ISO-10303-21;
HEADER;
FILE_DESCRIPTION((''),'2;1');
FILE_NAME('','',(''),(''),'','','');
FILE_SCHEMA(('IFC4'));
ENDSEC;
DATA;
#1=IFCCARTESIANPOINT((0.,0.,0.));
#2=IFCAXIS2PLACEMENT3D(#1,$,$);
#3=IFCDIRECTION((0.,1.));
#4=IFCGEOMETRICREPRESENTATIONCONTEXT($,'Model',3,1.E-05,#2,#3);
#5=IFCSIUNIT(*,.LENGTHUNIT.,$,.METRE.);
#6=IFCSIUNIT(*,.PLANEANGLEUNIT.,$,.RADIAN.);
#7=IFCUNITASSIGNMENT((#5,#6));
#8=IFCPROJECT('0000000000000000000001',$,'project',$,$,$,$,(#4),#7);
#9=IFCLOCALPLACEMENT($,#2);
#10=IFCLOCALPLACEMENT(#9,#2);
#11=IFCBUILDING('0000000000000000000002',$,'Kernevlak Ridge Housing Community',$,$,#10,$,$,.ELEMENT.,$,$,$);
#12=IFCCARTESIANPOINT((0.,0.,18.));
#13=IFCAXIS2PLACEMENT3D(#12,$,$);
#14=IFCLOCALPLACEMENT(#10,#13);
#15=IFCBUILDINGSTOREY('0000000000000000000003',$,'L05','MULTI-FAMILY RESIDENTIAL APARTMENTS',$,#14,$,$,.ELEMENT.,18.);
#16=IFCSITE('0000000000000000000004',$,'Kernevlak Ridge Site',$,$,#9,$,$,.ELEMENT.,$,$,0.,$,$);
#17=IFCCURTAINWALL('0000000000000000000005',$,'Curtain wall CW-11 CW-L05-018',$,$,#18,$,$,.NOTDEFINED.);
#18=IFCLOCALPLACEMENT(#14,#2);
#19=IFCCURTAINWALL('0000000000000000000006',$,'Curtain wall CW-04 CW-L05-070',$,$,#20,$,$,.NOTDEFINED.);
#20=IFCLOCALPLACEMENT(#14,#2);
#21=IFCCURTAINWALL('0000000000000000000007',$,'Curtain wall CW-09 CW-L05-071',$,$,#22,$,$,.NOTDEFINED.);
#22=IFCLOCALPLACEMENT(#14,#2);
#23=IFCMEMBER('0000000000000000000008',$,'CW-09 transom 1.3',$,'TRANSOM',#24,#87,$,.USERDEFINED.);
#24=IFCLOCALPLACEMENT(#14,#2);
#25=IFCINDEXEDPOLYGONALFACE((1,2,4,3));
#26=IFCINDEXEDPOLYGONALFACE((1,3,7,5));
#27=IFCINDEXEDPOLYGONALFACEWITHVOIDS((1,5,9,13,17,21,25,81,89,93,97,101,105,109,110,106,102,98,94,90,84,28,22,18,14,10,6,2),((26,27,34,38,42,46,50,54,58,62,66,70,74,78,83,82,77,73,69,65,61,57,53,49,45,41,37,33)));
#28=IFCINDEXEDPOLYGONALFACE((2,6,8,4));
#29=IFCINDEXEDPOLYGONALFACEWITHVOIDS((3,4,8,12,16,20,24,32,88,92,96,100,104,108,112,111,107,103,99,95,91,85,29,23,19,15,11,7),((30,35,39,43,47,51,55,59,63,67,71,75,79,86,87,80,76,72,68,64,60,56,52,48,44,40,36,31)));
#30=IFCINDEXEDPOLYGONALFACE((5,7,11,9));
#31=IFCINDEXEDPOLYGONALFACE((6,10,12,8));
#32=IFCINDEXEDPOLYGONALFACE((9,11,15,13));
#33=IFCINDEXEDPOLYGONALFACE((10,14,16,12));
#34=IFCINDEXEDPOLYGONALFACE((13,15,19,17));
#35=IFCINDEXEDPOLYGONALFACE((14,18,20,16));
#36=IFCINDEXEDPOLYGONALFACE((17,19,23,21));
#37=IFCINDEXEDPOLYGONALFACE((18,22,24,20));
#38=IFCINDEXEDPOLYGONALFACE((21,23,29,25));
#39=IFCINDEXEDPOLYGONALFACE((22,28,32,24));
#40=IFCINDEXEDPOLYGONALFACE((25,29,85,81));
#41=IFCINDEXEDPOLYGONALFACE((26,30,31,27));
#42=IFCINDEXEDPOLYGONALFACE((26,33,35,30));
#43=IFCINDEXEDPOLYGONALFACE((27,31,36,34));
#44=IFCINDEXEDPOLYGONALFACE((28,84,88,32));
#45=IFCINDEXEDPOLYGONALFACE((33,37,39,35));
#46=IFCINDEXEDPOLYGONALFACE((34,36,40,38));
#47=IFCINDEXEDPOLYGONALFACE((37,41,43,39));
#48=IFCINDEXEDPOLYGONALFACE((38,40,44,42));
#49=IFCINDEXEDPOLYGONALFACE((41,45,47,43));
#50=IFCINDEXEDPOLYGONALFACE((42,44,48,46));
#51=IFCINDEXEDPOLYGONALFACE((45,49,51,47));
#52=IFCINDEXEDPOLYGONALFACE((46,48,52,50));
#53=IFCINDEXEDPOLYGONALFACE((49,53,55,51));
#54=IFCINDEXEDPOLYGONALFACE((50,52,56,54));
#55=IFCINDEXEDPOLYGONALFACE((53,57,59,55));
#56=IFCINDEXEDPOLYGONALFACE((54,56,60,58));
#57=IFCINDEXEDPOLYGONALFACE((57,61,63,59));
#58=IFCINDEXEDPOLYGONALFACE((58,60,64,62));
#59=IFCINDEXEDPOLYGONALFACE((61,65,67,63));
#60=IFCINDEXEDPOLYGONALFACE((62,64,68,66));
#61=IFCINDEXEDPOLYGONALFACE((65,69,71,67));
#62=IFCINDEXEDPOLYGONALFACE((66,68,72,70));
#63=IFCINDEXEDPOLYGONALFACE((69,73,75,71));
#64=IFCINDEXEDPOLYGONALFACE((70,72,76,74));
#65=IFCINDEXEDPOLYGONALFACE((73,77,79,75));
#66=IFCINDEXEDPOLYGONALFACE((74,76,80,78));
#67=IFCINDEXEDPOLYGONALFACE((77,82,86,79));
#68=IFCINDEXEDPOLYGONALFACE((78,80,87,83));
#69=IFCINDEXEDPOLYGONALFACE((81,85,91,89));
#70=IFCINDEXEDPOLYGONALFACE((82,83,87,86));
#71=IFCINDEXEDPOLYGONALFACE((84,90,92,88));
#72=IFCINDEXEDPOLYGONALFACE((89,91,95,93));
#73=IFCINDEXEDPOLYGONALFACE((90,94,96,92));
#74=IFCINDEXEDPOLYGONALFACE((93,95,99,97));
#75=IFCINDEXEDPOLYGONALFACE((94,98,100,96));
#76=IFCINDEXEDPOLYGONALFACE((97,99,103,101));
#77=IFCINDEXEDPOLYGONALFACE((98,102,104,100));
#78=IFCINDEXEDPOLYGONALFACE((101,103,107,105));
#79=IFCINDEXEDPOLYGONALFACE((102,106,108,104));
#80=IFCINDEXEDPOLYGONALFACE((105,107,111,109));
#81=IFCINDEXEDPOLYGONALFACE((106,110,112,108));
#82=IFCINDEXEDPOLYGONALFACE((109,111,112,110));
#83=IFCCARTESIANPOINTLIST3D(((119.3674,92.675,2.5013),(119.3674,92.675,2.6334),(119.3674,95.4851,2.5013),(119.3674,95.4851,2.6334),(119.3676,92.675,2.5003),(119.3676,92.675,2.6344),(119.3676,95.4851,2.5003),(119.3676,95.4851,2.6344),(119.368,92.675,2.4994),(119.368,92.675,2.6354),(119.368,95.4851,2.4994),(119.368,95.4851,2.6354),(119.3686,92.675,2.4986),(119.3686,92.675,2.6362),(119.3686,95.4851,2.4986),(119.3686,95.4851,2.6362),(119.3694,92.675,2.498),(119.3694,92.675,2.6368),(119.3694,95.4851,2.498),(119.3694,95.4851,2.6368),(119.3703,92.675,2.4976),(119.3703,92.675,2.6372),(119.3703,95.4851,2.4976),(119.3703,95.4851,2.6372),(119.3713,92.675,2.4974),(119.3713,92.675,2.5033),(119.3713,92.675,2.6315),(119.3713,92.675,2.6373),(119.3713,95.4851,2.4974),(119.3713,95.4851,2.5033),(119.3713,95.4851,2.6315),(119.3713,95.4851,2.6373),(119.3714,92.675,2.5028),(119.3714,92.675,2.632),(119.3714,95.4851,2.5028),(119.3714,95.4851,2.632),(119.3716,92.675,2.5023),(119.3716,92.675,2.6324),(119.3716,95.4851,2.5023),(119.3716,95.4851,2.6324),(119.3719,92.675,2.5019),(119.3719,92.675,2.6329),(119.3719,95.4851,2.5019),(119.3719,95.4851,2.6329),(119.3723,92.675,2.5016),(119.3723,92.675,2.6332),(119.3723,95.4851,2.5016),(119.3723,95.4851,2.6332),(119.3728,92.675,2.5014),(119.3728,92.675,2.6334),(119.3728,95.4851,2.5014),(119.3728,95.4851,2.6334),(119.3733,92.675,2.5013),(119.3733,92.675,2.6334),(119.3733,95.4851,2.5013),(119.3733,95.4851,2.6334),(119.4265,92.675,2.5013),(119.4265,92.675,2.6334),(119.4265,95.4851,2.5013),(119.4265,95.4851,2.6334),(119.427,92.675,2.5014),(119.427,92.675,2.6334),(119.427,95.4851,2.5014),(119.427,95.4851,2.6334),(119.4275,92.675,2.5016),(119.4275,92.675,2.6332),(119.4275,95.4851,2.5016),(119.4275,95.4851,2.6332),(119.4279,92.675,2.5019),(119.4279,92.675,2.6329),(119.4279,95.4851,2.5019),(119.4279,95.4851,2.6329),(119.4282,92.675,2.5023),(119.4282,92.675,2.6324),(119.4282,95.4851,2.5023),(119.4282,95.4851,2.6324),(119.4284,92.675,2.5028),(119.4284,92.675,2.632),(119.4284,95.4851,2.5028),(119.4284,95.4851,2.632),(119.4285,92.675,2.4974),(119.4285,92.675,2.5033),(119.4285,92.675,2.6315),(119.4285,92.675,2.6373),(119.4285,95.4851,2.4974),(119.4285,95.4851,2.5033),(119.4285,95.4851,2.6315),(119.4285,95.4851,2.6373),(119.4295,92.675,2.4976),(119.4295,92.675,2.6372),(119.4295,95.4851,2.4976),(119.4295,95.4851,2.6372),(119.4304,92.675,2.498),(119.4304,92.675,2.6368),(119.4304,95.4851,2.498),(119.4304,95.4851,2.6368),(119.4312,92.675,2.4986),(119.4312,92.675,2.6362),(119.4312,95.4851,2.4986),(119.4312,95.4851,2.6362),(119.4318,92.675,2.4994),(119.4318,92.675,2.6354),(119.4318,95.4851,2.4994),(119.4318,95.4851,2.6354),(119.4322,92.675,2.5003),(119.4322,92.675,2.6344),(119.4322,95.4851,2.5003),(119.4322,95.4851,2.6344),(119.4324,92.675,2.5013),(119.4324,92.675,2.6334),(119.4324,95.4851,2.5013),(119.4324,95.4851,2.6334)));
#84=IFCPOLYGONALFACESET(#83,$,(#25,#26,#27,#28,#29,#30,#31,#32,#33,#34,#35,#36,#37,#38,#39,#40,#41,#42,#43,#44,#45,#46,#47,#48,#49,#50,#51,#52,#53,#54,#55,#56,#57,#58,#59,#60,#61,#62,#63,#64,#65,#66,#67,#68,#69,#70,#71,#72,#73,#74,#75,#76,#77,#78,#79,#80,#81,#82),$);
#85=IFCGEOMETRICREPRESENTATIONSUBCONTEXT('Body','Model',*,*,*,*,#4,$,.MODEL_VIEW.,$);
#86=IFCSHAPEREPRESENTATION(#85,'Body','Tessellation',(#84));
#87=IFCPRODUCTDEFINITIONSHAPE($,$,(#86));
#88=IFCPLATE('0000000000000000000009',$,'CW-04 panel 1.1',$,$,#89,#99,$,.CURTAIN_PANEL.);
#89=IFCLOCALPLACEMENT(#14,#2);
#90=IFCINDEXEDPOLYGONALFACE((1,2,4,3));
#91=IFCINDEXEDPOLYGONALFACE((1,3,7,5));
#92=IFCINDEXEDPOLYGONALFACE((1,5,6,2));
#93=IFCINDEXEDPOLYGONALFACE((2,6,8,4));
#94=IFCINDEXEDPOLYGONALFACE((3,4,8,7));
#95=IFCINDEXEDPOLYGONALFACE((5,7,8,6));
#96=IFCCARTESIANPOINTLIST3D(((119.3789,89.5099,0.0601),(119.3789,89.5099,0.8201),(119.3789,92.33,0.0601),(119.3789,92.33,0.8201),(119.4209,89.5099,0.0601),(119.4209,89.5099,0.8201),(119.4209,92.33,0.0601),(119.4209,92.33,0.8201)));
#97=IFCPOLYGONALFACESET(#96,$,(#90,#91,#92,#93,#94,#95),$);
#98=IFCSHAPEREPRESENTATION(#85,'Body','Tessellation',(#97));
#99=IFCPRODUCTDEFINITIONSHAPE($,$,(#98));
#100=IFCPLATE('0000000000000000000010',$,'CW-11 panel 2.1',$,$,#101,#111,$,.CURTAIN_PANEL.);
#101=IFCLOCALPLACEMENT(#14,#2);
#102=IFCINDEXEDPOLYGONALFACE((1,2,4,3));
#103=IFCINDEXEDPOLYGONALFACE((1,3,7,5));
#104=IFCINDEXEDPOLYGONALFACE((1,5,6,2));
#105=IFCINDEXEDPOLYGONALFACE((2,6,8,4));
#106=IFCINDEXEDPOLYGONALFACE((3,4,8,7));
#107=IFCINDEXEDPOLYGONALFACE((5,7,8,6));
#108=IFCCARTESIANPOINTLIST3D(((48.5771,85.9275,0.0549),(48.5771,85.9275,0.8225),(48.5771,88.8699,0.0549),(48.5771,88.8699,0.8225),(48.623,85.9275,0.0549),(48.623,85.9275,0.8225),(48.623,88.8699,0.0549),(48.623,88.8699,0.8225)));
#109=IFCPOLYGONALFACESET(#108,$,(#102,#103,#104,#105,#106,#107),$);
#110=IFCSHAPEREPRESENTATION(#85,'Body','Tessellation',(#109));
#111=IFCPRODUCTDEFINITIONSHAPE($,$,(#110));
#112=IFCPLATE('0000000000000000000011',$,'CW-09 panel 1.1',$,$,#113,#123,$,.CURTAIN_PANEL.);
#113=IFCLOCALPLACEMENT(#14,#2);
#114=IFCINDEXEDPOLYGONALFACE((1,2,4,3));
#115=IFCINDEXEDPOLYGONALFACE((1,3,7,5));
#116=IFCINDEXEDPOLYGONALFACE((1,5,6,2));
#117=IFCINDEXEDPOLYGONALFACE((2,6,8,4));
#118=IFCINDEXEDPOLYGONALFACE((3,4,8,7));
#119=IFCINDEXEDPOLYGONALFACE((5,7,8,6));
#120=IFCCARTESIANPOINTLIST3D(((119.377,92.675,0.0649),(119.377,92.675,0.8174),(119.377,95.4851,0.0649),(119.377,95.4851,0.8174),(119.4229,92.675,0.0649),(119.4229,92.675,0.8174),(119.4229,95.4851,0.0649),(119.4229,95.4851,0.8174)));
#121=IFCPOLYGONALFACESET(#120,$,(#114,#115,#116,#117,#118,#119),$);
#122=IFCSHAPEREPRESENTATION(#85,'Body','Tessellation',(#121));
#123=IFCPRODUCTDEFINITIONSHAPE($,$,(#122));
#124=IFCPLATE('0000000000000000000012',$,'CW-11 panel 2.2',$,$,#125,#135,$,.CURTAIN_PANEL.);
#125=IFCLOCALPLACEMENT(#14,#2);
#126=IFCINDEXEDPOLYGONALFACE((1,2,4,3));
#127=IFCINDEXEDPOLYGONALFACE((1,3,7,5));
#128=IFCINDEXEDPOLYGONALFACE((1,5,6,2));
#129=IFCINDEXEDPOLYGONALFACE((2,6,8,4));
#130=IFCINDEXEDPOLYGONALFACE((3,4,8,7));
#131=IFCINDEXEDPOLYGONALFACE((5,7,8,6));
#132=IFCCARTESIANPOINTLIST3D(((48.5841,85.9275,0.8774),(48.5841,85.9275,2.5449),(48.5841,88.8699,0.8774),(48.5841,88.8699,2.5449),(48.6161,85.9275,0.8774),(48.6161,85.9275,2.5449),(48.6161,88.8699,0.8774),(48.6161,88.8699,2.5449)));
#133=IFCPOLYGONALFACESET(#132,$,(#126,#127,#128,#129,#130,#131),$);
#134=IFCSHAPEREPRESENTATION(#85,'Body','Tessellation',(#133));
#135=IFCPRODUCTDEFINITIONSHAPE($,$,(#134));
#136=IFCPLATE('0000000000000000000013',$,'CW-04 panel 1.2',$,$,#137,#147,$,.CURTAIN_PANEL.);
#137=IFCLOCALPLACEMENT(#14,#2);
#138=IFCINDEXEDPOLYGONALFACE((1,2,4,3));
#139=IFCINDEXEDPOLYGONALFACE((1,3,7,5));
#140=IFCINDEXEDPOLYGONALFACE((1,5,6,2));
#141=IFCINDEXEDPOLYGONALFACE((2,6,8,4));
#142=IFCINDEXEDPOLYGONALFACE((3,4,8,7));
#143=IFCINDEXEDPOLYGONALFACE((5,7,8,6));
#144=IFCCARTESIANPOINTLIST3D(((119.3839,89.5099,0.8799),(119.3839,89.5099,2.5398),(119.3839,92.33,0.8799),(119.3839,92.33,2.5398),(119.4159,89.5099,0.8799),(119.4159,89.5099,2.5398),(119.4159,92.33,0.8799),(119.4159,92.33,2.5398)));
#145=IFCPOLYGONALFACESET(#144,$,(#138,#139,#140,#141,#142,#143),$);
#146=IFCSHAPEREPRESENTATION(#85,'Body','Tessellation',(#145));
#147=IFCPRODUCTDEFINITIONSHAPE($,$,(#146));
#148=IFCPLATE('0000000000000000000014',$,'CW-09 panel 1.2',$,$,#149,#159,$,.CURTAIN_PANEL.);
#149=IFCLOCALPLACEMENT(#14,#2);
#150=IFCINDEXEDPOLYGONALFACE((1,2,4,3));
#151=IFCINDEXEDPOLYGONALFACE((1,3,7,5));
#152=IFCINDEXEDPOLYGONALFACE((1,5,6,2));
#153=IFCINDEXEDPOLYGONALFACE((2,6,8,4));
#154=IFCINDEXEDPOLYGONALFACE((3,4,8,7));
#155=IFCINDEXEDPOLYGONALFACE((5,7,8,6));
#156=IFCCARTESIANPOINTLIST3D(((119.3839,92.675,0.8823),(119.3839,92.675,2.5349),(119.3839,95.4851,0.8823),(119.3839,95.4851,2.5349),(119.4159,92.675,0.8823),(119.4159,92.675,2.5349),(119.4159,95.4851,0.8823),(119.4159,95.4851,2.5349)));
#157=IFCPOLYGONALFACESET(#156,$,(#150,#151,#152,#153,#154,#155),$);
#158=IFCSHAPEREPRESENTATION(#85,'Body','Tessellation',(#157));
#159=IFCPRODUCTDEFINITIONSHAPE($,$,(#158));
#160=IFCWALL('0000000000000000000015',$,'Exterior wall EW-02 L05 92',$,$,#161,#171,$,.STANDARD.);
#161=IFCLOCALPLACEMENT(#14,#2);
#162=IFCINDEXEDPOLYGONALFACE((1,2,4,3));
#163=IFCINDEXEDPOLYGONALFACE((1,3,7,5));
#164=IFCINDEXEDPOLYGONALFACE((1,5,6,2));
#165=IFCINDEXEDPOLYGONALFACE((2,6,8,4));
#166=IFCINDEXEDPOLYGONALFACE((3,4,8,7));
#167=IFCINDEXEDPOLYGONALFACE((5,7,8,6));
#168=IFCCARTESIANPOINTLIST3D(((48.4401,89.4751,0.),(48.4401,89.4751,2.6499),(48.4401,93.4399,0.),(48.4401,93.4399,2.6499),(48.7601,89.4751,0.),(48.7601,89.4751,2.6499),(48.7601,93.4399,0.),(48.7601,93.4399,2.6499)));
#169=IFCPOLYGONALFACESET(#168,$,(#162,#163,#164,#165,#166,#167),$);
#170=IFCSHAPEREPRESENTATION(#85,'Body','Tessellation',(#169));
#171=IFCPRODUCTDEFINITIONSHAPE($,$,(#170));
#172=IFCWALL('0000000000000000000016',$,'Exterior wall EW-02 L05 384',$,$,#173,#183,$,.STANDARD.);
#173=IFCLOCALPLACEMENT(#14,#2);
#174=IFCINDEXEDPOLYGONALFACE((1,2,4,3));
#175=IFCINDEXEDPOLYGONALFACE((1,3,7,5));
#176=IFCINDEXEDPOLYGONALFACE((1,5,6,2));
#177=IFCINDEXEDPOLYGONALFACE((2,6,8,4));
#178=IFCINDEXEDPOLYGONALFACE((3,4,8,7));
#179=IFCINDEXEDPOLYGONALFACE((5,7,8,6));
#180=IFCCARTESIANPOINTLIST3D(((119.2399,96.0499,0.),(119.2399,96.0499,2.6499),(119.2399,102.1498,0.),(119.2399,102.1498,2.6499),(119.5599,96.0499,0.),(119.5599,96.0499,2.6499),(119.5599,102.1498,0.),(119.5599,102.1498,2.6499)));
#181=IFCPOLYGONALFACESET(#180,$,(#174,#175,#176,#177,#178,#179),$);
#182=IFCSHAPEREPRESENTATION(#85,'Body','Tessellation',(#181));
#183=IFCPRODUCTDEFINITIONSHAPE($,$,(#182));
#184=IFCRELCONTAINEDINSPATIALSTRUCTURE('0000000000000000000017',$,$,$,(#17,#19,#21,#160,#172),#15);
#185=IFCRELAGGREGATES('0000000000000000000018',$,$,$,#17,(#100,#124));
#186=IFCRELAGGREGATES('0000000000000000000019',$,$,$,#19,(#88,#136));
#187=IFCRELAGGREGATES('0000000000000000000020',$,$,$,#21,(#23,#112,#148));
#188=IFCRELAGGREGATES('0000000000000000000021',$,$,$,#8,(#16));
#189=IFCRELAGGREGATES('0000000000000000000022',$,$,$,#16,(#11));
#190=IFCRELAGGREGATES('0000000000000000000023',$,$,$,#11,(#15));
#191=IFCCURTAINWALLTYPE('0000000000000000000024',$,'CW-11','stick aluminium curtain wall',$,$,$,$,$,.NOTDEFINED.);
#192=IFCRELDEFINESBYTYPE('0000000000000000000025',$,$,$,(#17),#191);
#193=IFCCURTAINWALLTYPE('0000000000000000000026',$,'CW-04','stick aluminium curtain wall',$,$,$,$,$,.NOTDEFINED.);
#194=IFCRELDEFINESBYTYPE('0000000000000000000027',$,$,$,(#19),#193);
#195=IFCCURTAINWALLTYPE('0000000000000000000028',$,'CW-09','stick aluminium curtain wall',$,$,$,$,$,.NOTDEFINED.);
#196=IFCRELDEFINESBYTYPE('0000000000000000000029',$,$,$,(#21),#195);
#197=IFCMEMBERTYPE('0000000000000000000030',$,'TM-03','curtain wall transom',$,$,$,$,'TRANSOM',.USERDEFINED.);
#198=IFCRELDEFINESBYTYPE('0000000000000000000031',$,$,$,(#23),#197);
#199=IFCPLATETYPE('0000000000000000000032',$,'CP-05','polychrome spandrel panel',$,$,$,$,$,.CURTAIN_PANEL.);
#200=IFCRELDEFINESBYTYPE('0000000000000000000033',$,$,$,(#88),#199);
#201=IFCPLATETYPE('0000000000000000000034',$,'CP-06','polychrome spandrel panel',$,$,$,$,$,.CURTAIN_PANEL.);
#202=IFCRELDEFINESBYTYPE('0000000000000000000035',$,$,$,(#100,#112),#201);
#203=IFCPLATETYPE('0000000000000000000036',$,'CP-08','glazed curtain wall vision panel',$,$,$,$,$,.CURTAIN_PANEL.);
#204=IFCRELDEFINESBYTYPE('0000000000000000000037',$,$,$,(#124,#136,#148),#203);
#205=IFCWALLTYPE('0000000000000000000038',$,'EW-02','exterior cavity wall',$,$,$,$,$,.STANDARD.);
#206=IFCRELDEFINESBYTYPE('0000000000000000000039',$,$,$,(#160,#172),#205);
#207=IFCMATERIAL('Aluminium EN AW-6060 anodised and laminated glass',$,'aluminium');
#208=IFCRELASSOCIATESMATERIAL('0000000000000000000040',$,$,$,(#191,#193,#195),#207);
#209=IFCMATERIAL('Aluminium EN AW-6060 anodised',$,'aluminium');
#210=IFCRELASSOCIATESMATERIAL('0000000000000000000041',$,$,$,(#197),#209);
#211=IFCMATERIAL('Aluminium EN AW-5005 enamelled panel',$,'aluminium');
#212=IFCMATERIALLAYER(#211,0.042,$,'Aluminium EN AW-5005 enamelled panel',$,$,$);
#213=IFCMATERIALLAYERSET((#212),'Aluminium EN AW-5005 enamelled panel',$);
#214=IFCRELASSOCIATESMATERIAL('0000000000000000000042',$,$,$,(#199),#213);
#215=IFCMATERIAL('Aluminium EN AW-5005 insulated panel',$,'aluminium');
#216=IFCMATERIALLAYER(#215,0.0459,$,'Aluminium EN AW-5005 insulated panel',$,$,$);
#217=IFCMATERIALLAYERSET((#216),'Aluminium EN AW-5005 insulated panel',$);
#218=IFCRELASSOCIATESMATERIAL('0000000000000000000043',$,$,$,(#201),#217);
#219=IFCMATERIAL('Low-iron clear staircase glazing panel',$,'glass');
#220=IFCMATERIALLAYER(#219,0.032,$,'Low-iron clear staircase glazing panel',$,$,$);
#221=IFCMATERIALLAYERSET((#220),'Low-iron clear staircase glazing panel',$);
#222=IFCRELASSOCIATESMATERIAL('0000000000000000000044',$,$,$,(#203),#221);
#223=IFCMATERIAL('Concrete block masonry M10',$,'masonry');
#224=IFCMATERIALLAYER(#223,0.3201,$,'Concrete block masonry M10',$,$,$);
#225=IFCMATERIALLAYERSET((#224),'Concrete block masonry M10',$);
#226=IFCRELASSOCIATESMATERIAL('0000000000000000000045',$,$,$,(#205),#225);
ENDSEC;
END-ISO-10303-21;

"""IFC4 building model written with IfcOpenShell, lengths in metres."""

from ifc_helpers import new_model, si_unit, direction, frame, frame_2d, origin, origin_2d, place, context, subcontext, project, spatial, rectangle, hollow_rectangle, extrude, material, layer, layer_set, material_profile, profile_set, type_object, element, aggregate, save


model = new_model("IFC4")

# Units and contexts
model_context = context("Model", 3, precision=1e-05, world=origin(), true_north=direction((0.0, 1.0)))
body_context = subcontext(model_context, "Body", "Model", "MODEL_VIEW")
ifc_project = project(units=[si_unit("LENGTHUNIT", "METRE"), si_unit("PLANEANGLEUNIT", "RADIAN")], contexts=[model_context])

# Site, building, storey
site_placement = place(None, origin())
site = spatial("IfcSite", under=ifc_project, at=site_placement, Name="Kernevlak Ridge Site", CompositionType="ELEMENT", RefElevation=0.0)
building_placement = place(site_placement, origin())
building = spatial("IfcBuilding", under=site, at=building_placement, Name="Kernevlak Ridge Housing Community", CompositionType="ELEMENT")
storey_placement = place(building_placement, frame((0.0, 0.0, 18.0)))
storey = spatial("IfcBuildingStorey", under=building, at=storey_placement, Name="L05", Description="MULTI-FAMILY RESIDENTIAL APARTMENTS", CompositionType="ELEMENT", Elevation=18.0)

# Curtain wall
ifc_material_1 = material(Name="Aluminium EN AW-6060 anodised and laminated glass", Category="aluminium")
curtain_wall_type_1 = type_object("IfcCurtainWallType", Name="CW-11", Description="stick aluminium curtain wall", PredefinedType="NOTDEFINED", material=ifc_material_1)
curtain_wall_1_placement = place(storey_placement, origin())
curtain_wall_1 = element("IfcCurtainWall", 1, at=curtain_wall_1_placement, inside=storey, type_object=curtain_wall_type_1, Name="Curtain wall CW-11 CW-L05-018", PredefinedType="NOTDEFINED")
ifc_material_2 = material(Name="Aluminium EN AW-6060 anodised", Category="aluminium")

# Curtain walls
curtain_wall_type_2 = type_object("IfcCurtainWallType", Name="CW-04", Description="stick aluminium curtain wall", PredefinedType="NOTDEFINED", material=ifc_material_1)
curtain_wall_2_placement = place(storey_placement, origin())
curtain_wall_2 = element("IfcCurtainWall", 2, at=curtain_wall_2_placement, inside=storey, type_object=curtain_wall_type_2, Name="Curtain wall CW-04 CW-L05-070", PredefinedType="NOTDEFINED")
curtain_wall_type_3 = type_object("IfcCurtainWallType", Name="CW-09", Description="stick aluminium curtain wall", PredefinedType="NOTDEFINED", material=ifc_material_1)
curtain_wall_3_placement = place(storey_placement, origin())
curtain_wall_3 = element("IfcCurtainWall", 3, at=curtain_wall_3_placement, inside=storey, type_object=curtain_wall_type_3, Name="Curtain wall CW-09 CW-L05-071", PredefinedType="NOTDEFINED")

# Member
ifc_material_profile_1 = material_profile(ifc_material_2, hollow_rectangle(XDim=0.0649, YDim=0.1399, WallThickness=0.0039, InnerFilletRadius=0.002, OuterFilletRadius=0.0039, at=origin_2d()), Name="ALU 65x140x4")
ifc_profile_set_1 = profile_set([ifc_material_profile_1], Name="Aluminium EN AW-6060 anodised")
member_type_1 = type_object("IfcMemberType", Name="TM-03", Description="curtain wall transom", ElementType="TRANSOM", PredefinedType="USERDEFINED", material=ifc_profile_set_1)
member_1_placement = place(storey_placement, frame((119.3999, 92.675, 2.5674), z_axis=(0.0, 1.0, 0.0), x_axis=(-1.0, 0.0, 0.0)))
member_1 = element("IfcMember", 4, at=member_1_placement, type_object=member_type_1, Name="CW-09 transom 1.3", ObjectType="TRANSOM", PredefinedType="USERDEFINED", context=body_context, shape_type="SweptSolid", body=[
    extrude(hollow_rectangle(XDim=0.0649, YDim=0.1399, WallThickness=0.0039, InnerFilletRadius=0.002, OuterFilletRadius=0.0039, at=origin_2d()), origin(), (0.0, 0.0, 1.0), 2.8101),
])

# Plates
ifc_material_3 = material(Name="Aluminium EN AW-5005 enamelled panel", Category="aluminium")
ifc_layer_1 = layer(ifc_material_3, 0.042, Name="Aluminium EN AW-5005 enamelled panel")
ifc_layer_set_1 = layer_set([ifc_layer_1], Name="Aluminium EN AW-5005 enamelled panel")
plate_type_1 = type_object("IfcPlateType", Name="CP-05", Description="polychrome spandrel panel", PredefinedType="CURTAIN_PANEL", material=ifc_layer_set_1)
plate_1_placement = place(storey_placement, frame((119.3999, 90.9199, 0.0601), z_axis=(0.0, 0.0, 1.0), x_axis=(0.0, 1.0, 0.0)))
plate_1 = element("IfcPlate", 5, at=plate_1_placement, type_object=plate_type_1, Name="CW-04 panel 1.1", PredefinedType="CURTAIN_PANEL", context=body_context, shape_type="SweptSolid", body=[
    extrude(rectangle(XDim=2.8201, YDim=0.042, at=origin_2d()), origin(), (0.0, 0.0, 1.0), 0.76),
])
ifc_material_4 = material(Name="Aluminium EN AW-5005 insulated panel", Category="aluminium")
ifc_layer_2 = layer(ifc_material_4, 0.0459, Name="Aluminium EN AW-5005 insulated panel")
ifc_layer_set_2 = layer_set([ifc_layer_2], Name="Aluminium EN AW-5005 insulated panel")
plate_type_2 = type_object("IfcPlateType", Name="CP-06", Description="polychrome spandrel panel", PredefinedType="CURTAIN_PANEL", material=ifc_layer_set_2)
plate_2_placement = place(storey_placement, frame((48.6001, 87.3987, 0.0549), z_axis=(0.0, 0.0, 1.0), x_axis=(0.0, 1.0, 0.0)))
plate_2 = element("IfcPlate", 6, at=plate_2_placement, type_object=plate_type_2, Name="CW-11 panel 2.1", PredefinedType="CURTAIN_PANEL", context=body_context, shape_type="SweptSolid", body=[
    extrude(rectangle(XDim=2.9424, YDim=0.0459, at=origin_2d()), origin(), (0.0, 0.0, 1.0), 0.7676),
])
plate_3_placement = place(storey_placement, frame((119.3999, 94.0801, 0.0649), z_axis=(0.0, 0.0, 1.0), x_axis=(0.0, 1.0, 0.0)))
plate_3 = element("IfcPlate", 7, at=plate_3_placement, type_object=plate_type_2, Name="CW-09 panel 1.1", PredefinedType="CURTAIN_PANEL", context=body_context, shape_type="SweptSolid", body=[
    extrude(rectangle(XDim=2.8101, YDim=0.0459, at=origin_2d()), origin(), (0.0, 0.0, 1.0), 0.7524),
])
ifc_material_5 = material(Name="Low-iron clear staircase glazing panel", Category="glass")
ifc_layer_3 = layer(ifc_material_5, 0.032, Name="Low-iron clear staircase glazing panel")
ifc_layer_set_3 = layer_set([ifc_layer_3], Name="Low-iron clear staircase glazing panel")
plate_type_3 = type_object("IfcPlateType", Name="CP-08", Description="glazed curtain wall vision panel", PredefinedType="CURTAIN_PANEL", material=ifc_layer_set_3)
plate_4_placement = place(storey_placement, frame((48.6001, 87.3987, 0.8774), z_axis=(0.0, 0.0, 1.0), x_axis=(0.0, 1.0, 0.0)))
plate_4 = element("IfcPlate", 8, at=plate_4_placement, type_object=plate_type_3, Name="CW-11 panel 2.2", PredefinedType="CURTAIN_PANEL", context=body_context, shape_type="SweptSolid", body=[
    extrude(rectangle(XDim=2.9424, YDim=0.032, at=origin_2d()), origin(), (0.0, 0.0, 1.0), 1.6675),
])
aggregate(curtain_wall_1, [plate_2, plate_4])
plate_5_placement = place(storey_placement, frame((119.3999, 90.9199, 0.8799), z_axis=(0.0, 0.0, 1.0), x_axis=(0.0, 1.0, 0.0)))
plate_5 = element("IfcPlate", 9, at=plate_5_placement, type_object=plate_type_3, Name="CW-04 panel 1.2", PredefinedType="CURTAIN_PANEL", context=body_context, shape_type="SweptSolid", body=[
    extrude(rectangle(XDim=2.8201, YDim=0.032, at=origin_2d()), origin(), (0.0, 0.0, 1.0), 1.6599),
])
aggregate(curtain_wall_2, [plate_1, plate_5])
plate_6_placement = place(storey_placement, frame((119.3999, 94.0801, 0.8823), z_axis=(0.0, 0.0, 1.0), x_axis=(0.0, 1.0, 0.0)))
plate_6 = element("IfcPlate", 10, at=plate_6_placement, type_object=plate_type_3, Name="CW-09 panel 1.2", PredefinedType="CURTAIN_PANEL", context=body_context, shape_type="SweptSolid", body=[
    extrude(rectangle(XDim=2.8101, YDim=0.032, at=origin_2d()), origin(), (0.0, 0.0, 1.0), 1.6526),
])
aggregate(curtain_wall_3, [member_1, plate_3, plate_6])

# Walls
ifc_material_6 = material(Name="Concrete block masonry M10", Category="masonry")
ifc_layer_4 = layer(ifc_material_6, 0.3201, Name="Concrete block masonry M10")
ifc_layer_set_4 = layer_set([ifc_layer_4], Name="Concrete block masonry M10")
wall_type_1 = type_object("IfcWallType", Name="EW-02", Description="exterior cavity wall", PredefinedType="STANDARD", material=ifc_layer_set_4)
wall_1_placement = place(storey_placement, frame((48.6001, 89.4751, 0.0), z_axis=(0.0, 0.0, 1.0), x_axis=(0.0, 1.0, 0.0)))
element("IfcWall", 11, at=wall_1_placement, inside=storey, type_object=wall_type_1, Name="Exterior wall EW-02 L05 92", PredefinedType="STANDARD", context=body_context, shape_type="SweptSolid", body=[
    extrude(rectangle(XDim=3.9648, YDim=0.3201, at=frame_2d((1.9824, 0.0))), origin(), (0.0, 0.0, 1.0), 2.6499),
])
wall_2_placement = place(storey_placement, frame((119.3999, 96.05, 0.0), z_axis=(0.0, 0.0, 1.0), x_axis=(0.0, 1.0, 0.0)))
element("IfcWall", 12, at=wall_2_placement, inside=storey, type_object=wall_type_1, Name="Exterior wall EW-02 L05 384", PredefinedType="STANDARD", context=body_context, shape_type="SweptSolid", body=[
    extrude(rectangle(XDim=6.0999, YDim=0.3201, at=frame_2d((3.0498, 0.0))), origin(), (0.0, 0.0, 1.0), 2.6499),
])

save(model, "model.ifc")
